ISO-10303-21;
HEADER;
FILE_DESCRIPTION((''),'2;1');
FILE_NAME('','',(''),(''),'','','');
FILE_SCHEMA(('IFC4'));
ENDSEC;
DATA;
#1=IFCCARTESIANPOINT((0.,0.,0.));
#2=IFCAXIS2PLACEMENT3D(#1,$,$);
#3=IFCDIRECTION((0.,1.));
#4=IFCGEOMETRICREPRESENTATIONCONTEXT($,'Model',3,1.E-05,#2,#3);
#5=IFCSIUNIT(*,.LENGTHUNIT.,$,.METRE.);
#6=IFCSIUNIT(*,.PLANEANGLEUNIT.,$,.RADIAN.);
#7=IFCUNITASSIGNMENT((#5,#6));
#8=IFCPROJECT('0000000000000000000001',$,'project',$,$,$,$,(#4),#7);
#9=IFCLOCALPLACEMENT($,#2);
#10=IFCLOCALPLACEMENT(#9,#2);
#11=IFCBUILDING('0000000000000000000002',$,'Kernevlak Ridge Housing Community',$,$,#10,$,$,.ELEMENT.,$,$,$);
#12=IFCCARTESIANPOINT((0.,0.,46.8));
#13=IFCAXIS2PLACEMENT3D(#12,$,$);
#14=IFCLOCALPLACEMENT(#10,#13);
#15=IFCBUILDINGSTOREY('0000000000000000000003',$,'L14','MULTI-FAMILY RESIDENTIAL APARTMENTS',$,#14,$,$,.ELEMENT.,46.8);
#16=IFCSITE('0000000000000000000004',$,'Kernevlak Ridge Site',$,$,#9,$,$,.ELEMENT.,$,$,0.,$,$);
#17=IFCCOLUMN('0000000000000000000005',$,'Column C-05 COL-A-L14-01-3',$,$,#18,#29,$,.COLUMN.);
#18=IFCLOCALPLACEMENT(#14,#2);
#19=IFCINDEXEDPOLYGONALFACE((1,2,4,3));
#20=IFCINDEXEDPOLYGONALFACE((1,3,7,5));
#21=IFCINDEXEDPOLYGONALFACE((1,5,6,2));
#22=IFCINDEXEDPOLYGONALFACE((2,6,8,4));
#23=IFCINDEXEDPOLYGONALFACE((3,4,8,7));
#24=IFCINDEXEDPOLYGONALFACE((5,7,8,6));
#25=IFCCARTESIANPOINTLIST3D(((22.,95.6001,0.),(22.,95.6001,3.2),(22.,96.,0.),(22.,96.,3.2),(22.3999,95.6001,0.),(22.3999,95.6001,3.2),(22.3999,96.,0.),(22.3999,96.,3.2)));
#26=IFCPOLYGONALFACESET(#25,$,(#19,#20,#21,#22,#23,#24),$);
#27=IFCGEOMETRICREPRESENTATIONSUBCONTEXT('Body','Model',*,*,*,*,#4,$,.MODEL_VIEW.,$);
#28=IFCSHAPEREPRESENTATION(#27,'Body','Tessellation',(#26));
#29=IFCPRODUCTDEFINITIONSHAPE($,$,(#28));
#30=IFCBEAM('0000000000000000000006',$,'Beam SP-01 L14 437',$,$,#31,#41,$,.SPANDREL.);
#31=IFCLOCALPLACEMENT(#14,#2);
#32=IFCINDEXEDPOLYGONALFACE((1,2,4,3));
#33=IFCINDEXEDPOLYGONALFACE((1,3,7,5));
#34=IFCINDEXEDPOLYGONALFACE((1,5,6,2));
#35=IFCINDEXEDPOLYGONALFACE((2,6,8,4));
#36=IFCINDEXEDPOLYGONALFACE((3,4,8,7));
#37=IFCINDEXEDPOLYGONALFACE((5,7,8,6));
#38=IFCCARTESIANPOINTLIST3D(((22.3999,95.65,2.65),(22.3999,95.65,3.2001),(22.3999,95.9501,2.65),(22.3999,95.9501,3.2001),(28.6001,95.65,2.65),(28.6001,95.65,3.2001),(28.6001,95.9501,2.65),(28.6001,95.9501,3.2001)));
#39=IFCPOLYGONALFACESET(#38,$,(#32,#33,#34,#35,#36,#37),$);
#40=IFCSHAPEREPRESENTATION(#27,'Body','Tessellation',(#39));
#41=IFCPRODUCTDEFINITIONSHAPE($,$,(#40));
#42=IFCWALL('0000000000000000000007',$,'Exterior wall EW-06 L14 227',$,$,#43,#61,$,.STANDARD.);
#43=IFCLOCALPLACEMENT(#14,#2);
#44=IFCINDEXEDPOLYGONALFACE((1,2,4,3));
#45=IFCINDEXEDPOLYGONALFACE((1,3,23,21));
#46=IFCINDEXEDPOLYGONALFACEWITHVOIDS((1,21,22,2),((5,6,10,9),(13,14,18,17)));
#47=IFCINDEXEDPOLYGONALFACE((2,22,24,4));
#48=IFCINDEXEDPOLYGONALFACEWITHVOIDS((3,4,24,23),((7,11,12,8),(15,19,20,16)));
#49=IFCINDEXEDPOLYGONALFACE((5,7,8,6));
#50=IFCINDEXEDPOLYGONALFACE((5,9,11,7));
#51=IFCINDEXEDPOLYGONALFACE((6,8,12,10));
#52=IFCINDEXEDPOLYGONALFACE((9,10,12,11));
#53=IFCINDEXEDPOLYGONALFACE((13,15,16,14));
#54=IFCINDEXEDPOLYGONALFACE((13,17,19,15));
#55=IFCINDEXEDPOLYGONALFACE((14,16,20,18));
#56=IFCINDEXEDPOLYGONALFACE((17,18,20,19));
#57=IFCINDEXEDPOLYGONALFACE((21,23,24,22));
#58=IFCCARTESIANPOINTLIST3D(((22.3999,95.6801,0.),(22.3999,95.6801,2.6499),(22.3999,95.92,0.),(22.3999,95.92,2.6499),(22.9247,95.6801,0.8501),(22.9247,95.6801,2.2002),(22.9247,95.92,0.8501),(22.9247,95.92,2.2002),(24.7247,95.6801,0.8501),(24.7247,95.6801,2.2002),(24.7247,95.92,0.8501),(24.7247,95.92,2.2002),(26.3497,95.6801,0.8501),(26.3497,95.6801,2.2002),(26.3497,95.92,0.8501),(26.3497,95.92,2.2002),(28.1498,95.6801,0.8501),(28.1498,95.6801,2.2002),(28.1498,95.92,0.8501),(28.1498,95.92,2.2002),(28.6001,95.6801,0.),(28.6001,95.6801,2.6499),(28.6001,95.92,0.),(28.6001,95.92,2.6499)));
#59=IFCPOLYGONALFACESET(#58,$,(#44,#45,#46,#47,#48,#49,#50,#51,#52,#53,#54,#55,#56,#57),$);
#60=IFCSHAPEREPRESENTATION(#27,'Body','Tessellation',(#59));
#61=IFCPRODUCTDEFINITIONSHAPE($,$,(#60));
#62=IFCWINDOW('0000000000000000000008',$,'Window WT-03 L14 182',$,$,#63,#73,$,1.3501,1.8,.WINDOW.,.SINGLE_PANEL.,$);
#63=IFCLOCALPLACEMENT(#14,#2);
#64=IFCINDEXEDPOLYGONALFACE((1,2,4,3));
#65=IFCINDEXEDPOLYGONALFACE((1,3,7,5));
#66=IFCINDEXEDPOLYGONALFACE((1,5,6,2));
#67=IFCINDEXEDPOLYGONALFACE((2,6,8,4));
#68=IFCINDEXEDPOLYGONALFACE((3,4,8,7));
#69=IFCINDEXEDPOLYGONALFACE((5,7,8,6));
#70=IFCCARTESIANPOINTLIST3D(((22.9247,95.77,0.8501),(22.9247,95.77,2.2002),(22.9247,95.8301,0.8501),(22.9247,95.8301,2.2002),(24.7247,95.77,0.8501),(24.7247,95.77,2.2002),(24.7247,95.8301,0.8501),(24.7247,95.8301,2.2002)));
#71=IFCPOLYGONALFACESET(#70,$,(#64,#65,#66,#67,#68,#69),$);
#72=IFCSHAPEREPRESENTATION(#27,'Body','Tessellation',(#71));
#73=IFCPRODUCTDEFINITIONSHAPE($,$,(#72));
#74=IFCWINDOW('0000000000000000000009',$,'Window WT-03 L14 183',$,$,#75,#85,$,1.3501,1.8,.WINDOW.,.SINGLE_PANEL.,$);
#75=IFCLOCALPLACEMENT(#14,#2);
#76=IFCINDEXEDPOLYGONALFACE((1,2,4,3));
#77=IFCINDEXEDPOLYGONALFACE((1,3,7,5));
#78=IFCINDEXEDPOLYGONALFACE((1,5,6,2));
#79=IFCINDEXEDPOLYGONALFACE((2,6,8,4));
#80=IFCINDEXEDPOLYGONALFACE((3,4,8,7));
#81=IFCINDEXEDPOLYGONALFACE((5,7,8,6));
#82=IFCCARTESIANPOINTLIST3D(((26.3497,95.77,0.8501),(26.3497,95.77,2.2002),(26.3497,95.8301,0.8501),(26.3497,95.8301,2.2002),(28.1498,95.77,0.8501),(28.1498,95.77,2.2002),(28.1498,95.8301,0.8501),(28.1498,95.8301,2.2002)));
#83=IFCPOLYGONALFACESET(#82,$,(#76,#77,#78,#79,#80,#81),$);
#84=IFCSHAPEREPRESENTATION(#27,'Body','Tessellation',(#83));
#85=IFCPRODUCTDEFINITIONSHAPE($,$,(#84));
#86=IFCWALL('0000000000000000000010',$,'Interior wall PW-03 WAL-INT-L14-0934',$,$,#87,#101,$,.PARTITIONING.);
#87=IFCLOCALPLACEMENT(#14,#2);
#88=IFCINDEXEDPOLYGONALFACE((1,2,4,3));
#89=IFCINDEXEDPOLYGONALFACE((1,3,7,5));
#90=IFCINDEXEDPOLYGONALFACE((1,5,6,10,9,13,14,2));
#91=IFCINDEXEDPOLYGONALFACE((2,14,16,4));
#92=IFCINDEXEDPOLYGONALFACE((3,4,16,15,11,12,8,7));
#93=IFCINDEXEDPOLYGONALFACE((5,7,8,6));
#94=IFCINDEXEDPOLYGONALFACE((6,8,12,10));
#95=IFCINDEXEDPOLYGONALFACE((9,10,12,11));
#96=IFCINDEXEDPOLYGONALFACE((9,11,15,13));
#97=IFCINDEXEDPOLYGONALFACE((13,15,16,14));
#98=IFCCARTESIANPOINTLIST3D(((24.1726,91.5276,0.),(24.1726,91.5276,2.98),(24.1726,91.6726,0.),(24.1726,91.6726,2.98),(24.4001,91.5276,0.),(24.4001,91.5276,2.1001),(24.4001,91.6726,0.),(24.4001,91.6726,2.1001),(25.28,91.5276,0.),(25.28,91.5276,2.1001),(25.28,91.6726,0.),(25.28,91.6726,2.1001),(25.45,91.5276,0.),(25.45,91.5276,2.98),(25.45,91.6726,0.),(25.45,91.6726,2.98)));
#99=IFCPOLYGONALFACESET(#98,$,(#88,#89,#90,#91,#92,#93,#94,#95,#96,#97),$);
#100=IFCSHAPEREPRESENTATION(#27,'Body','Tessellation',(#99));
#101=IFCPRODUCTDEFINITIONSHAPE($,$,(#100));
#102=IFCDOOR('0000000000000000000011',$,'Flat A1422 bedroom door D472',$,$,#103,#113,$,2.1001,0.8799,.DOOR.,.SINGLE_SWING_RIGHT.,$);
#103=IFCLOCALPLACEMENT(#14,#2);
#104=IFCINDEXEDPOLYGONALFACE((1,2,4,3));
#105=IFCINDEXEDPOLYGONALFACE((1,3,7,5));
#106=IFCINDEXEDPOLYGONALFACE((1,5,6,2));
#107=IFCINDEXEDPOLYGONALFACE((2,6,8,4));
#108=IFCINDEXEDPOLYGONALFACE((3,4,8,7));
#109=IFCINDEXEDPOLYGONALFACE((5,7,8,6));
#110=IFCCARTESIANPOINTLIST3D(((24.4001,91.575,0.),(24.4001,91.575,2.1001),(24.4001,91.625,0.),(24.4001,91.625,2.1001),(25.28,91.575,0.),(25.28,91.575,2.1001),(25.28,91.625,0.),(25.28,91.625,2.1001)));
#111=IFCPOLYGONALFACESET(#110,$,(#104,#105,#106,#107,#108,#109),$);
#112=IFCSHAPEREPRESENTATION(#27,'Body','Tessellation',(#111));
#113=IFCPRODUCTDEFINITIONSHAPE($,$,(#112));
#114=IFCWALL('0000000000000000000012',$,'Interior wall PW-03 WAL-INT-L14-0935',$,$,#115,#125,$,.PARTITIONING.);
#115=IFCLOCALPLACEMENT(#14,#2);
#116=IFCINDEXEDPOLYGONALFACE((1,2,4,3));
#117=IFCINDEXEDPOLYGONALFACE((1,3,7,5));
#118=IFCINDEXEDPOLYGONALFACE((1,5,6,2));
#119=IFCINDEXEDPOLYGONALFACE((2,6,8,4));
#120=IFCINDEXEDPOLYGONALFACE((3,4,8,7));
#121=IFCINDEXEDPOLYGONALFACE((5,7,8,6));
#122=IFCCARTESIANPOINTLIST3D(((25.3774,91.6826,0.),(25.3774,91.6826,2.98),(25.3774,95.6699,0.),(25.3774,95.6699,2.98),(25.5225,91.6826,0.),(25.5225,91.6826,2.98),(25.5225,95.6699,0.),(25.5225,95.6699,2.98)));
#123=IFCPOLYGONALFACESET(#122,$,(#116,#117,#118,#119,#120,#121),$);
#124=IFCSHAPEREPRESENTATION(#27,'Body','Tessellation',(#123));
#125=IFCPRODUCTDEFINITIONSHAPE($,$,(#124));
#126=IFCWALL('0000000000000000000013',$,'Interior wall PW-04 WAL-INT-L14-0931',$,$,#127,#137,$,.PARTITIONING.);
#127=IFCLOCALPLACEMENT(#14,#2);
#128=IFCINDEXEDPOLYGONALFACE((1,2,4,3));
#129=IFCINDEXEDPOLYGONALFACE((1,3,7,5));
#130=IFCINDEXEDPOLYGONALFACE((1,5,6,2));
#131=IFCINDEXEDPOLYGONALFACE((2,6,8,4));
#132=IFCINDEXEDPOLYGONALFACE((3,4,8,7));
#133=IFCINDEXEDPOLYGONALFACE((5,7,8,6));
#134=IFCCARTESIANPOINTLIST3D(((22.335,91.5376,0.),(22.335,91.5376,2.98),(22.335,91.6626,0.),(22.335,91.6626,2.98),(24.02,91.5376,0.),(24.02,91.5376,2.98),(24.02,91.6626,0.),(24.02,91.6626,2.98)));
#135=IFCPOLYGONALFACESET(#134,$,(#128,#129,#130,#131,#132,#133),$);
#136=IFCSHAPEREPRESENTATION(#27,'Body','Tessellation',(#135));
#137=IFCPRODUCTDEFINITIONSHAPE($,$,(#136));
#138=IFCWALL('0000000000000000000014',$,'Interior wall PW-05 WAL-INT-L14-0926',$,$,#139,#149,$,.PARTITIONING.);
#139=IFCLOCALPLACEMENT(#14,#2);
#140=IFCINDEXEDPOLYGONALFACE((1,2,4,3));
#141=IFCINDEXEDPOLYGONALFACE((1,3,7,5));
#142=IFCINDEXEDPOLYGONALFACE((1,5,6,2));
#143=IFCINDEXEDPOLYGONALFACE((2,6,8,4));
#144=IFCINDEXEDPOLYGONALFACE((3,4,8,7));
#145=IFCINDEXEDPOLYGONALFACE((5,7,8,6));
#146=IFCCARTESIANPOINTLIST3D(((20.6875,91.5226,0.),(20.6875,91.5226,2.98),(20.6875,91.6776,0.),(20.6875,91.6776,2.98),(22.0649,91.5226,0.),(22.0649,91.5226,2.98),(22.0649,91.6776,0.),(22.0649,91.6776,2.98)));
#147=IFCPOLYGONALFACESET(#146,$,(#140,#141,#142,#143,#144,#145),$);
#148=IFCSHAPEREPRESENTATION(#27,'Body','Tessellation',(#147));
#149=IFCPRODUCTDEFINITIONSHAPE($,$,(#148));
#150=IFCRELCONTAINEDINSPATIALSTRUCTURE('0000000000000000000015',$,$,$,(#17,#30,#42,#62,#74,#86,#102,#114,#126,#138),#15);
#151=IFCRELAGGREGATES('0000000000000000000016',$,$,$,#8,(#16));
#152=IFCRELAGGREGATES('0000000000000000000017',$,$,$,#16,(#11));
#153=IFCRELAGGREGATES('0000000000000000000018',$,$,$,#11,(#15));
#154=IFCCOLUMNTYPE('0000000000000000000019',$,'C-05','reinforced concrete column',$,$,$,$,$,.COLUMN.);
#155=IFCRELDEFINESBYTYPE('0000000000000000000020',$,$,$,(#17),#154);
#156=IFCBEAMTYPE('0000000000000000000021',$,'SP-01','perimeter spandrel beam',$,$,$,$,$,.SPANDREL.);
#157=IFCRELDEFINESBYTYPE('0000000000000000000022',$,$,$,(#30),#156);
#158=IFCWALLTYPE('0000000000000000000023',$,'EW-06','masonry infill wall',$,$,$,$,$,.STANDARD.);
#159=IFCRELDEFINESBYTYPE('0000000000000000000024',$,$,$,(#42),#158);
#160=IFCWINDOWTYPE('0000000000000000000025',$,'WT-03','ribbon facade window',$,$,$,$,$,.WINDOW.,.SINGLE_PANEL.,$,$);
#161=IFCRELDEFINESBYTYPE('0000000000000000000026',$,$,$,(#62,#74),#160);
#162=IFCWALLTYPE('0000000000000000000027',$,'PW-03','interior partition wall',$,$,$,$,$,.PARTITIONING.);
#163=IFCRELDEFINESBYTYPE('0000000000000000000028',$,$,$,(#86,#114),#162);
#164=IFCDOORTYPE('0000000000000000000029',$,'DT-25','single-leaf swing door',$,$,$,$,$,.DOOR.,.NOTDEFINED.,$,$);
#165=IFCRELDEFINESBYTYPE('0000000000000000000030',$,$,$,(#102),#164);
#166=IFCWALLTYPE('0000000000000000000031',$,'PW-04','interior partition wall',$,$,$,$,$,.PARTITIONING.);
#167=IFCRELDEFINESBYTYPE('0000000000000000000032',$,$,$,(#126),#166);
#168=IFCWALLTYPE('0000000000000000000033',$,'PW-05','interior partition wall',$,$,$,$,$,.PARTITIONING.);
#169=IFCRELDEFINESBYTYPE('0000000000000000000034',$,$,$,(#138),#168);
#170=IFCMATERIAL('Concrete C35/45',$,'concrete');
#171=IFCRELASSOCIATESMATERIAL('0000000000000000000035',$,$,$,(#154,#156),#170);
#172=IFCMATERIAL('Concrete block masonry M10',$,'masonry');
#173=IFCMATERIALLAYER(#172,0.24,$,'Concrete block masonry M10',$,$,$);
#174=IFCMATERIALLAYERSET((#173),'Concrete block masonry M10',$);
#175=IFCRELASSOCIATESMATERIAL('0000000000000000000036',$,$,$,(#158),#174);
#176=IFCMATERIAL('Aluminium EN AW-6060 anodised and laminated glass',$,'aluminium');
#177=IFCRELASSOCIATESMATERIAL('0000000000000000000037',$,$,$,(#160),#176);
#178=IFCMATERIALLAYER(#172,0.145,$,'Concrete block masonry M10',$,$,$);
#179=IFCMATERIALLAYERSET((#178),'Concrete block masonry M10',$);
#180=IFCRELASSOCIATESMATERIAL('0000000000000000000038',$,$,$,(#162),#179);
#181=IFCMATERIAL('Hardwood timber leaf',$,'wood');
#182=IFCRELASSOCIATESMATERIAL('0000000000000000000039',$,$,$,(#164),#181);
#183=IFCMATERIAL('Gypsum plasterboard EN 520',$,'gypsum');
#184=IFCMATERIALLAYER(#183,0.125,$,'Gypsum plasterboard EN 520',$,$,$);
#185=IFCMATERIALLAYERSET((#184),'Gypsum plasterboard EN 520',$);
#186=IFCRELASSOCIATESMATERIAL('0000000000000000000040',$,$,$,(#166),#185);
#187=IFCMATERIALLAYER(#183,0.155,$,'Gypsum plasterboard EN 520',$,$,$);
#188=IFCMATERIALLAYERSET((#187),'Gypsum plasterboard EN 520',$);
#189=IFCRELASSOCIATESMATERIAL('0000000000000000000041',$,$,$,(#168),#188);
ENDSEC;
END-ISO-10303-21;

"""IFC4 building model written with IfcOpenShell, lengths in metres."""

from ifc_helpers import new_model, si_unit, direction, frame, frame_2d, origin, origin_2d, place, context, subcontext, project, spatial, rectangle, extrude, material, layer, layer_set, material_profile, profile_set, type_object, element, fill, save


model = new_model("IFC4")

# Units and contexts
model_context = context("Model", 3, precision=1e-05, world=origin(), true_north=direction((0.0, 1.0)))
body_context = subcontext(model_context, "Body", "Model", "MODEL_VIEW")
ifc_project = project(units=[si_unit("LENGTHUNIT", "METRE"), si_unit("PLANEANGLEUNIT", "RADIAN")], contexts=[model_context])

# Site, building, storey
site_placement = place(None, origin())
site = spatial("IfcSite", under=ifc_project, at=site_placement, Name="Kernevlak Ridge Site", CompositionType="ELEMENT", RefElevation=0.0)
building_placement = place(site_placement, origin())
building = spatial("IfcBuilding", under=site, at=building_placement, Name="Kernevlak Ridge Housing Community", CompositionType="ELEMENT")
storey_placement = place(building_placement, frame((0.0, 0.0, 46.8)))
storey = spatial("IfcBuildingStorey", under=building, at=storey_placement, Name="L14", Description="MULTI-FAMILY RESIDENTIAL APARTMENTS", CompositionType="ELEMENT", Elevation=46.8)

# Column
ifc_material_1 = material(Name="Concrete C35/45", Category="concrete")
ifc_material_profile_1 = material_profile(ifc_material_1, rectangle(XDim=0.3999, YDim=0.3999, at=origin_2d()), Name="RC 400x400")
ifc_profile_set_1 = profile_set([ifc_material_profile_1], Name="Concrete C35/45")
column_type = type_object("IfcColumnType", Name="C-05", Description="reinforced concrete column", PredefinedType="COLUMN", material=ifc_profile_set_1)
column_placement = place(storey_placement, frame((22.2, 95.8, 0.0), z_axis=(0.0, 0.0, 1.0), x_axis=(1.0, 0.0, 0.0)))
element("IfcColumn", 1, at=column_placement, inside=storey, type_object=column_type, Name="Column C-05 COL-A-L14-01-3", PredefinedType="COLUMN", context=body_context, shape_type="SweptSolid", body=[
    extrude(rectangle(XDim=0.3999, YDim=0.3999, at=origin_2d()), origin(), (0.0, 0.0, 1.0), 3.2),
])

# Beam
ifc_material_profile_2 = material_profile(ifc_material_1, rectangle(XDim=0.3, YDim=0.55, at=origin_2d()), Name="RC 300x550")
ifc_profile_set_2 = profile_set([ifc_material_profile_2], Name="Concrete C35/45")
beam_type = type_object("IfcBeamType", Name="SP-01", Description="perimeter spandrel beam", PredefinedType="SPANDREL", material=ifc_profile_set_2)
beam_placement = place(storey_placement, frame((22.3999, 95.8, 2.925), z_axis=(1.0, 0.0, 0.0), x_axis=(0.0, 1.0, 0.0)))
element("IfcBeam", 2, at=beam_placement, inside=storey, type_object=beam_type, Name="Beam SP-01 L14 437", PredefinedType="SPANDREL", context=body_context, shape_type="SweptSolid", body=[
    extrude(rectangle(XDim=0.3, YDim=0.55, at=origin_2d()), origin(), (0.0, 0.0, 1.0), 6.2002),
])

# Wall, openings, windows
ifc_material_2 = material(Name="Concrete block masonry M10", Category="masonry")
ifc_layer_1 = layer(ifc_material_2, 0.24, Name="Concrete block masonry M10")
ifc_layer_set_1 = layer_set([ifc_layer_1], Name="Concrete block masonry M10")
wall_type_1 = type_object("IfcWallType", Name="EW-06", Description="masonry infill wall", PredefinedType="STANDARD", material=ifc_layer_set_1)
wall_1_placement = place(storey_placement, frame((22.3999, 95.8, 0.0), z_axis=(0.0, 0.0, 1.0), x_axis=(1.0, 0.0, 0.0)))
wall_1 = element("IfcWall", 3, at=wall_1_placement, inside=storey, type_object=wall_type_1, Name="Exterior wall EW-06 L14 227", PredefinedType="STANDARD", context=body_context, shape_type="SweptSolid", body=[
    extrude(rectangle(XDim=6.2002, YDim=0.24, at=frame_2d((3.1001, 0.0))), origin(), (0.0, 0.0, 1.0), 2.6499),
])
opening_1_placement = place(wall_1_placement, frame((0.5249, 0.0, 0.8501)))
opening_1 = element("IfcOpeningElement", 4, at=opening_1_placement, cuts=wall_1, PredefinedType="OPENING", context=body_context, shape_type="SweptSolid", body=[
    extrude(rectangle(XDim=1.8, YDim=1.3501, at=frame_2d((0.8999, 0.675))), frame((0.0, 0.1299, 0.0), z_axis=(0.0, -1.0, 0.0), x_axis=(1.0, 0.0, 0.0)), (0.0, 0.0, 1.0), 0.26),
])
opening_2_placement = place(wall_1_placement, frame((3.95, 0.0, 0.8501)))
opening_2 = element("IfcOpeningElement", 5, at=opening_2_placement, cuts=wall_1, PredefinedType="OPENING", context=body_context, shape_type="SweptSolid", body=[
    extrude(rectangle(XDim=1.8, YDim=1.3501, at=frame_2d((0.8999, 0.675))), frame((0.0, 0.1299, 0.0), z_axis=(0.0, -1.0, 0.0), x_axis=(1.0, 0.0, 0.0)), (0.0, 0.0, 1.0), 0.26),
])
ifc_material_3 = material(Name="Aluminium EN AW-6060 anodised and laminated glass", Category="aluminium")
window_type = type_object("IfcWindowType", Name="WT-03", Description="ribbon facade window", PartitioningType="SINGLE_PANEL", PredefinedType="WINDOW", material=ifc_material_3)
window_1_placement = place(opening_1_placement, origin())
window_1 = element("IfcWindow", 6, at=window_1_placement, inside=storey, type_object=window_type, Name="Window WT-03 L14 182", OverallHeight=1.3501, OverallWidth=1.8, PartitioningType="SINGLE_PANEL", PredefinedType="WINDOW", context=body_context, shape_type="SweptSolid", body=[
    extrude(rectangle(XDim=1.8, YDim=1.3501, at=frame_2d((0.8999, 0.675))), frame((0.0, 0.03, 0.0), z_axis=(0.0, -1.0, 0.0), x_axis=(1.0, 0.0, 0.0)), (0.0, 0.0, 1.0), 0.0601),
])
fill(opening_1, window_1)
window_2_placement = place(opening_2_placement, origin())
window_2 = element("IfcWindow", 7, at=window_2_placement, inside=storey, type_object=window_type, Name="Window WT-03 L14 183", OverallHeight=1.3501, OverallWidth=1.8, PartitioningType="SINGLE_PANEL", PredefinedType="WINDOW", context=body_context, shape_type="SweptSolid", body=[
    extrude(rectangle(XDim=1.8, YDim=1.3501, at=frame_2d((0.8999, 0.675))), frame((0.0, 0.03, 0.0), z_axis=(0.0, -1.0, 0.0), x_axis=(1.0, 0.0, 0.0)), (0.0, 0.0, 1.0), 0.0601),
])
fill(opening_2, window_2)

# Wall, opening, door
ifc_layer_2 = layer(ifc_material_2, 0.145, Name="Concrete block masonry M10")
ifc_layer_set_2 = layer_set([ifc_layer_2], Name="Concrete block masonry M10")
wall_type_2 = type_object("IfcWallType", Name="PW-03", Description="interior partition wall", PredefinedType="PARTITIONING", material=ifc_layer_set_2)
wall_2_placement = place(storey_placement, frame((24.1726, 91.6001, 0.0), z_axis=(0.0, 0.0, 1.0), x_axis=(1.0, 0.0, 0.0)))
wall_2 = element("IfcWall", 8, at=wall_2_placement, inside=storey, type_object=wall_type_2, Name="Interior wall PW-03 WAL-INT-L14-0934", PredefinedType="PARTITIONING", context=body_context, shape_type="SweptSolid", body=[
    extrude(rectangle(XDim=1.2773, YDim=0.145, at=frame_2d((0.6387, 0.0))), origin(), (0.0, 0.0, 1.0), 2.98),
])
opening_3_placement = place(wall_2_placement, frame((0.2275, 0.0, 0.0)))
opening_3 = element("IfcOpeningElement", 9, at=opening_3_placement, cuts=wall_2, PredefinedType="OPENING", context=body_context, shape_type="SweptSolid", body=[
    extrude(rectangle(XDim=0.8799, YDim=2.1001, at=frame_2d((0.4399, 1.05))), frame((0.0, 0.0825, 0.0), z_axis=(0.0, -1.0, 0.0), x_axis=(1.0, 0.0, 0.0)), (0.0, 0.0, 1.0), 0.165),
])
ifc_material_4 = material(Name="Hardwood timber leaf", Category="wood")
door_type_1 = type_object("IfcDoorType", Name="DT-25", Description="single-leaf swing door", OperationType="NOTDEFINED", PredefinedType="DOOR", material=ifc_material_4)
door_1_placement = place(opening_3_placement, origin())
door_1 = element("IfcDoor", 10, at=door_1_placement, inside=storey, type_object=door_type_1, Name="Flat A1422 bedroom door D472", OperationType="SINGLE_SWING_RIGHT", OverallHeight=2.1001, OverallWidth=0.8799, PredefinedType="DOOR", context=body_context, shape_type="SweptSolid", body=[
    extrude(rectangle(XDim=0.8799, YDim=2.1001, at=frame_2d((0.4399, 1.05))), frame((0.0, 0.0249, 0.0), z_axis=(0.0, -1.0, 0.0), x_axis=(1.0, 0.0, 0.0)), (0.0, 0.0, 1.0), 0.05),
])
fill(opening_3, door_1)

# Walls
wall_3_placement = place(storey_placement, frame((25.45, 91.6826, 0.0), z_axis=(0.0, 0.0, 1.0), x_axis=(0.0, 1.0, 0.0)))
element("IfcWall", 11, at=wall_3_placement, inside=storey, type_object=wall_type_2, Name="Interior wall PW-03 WAL-INT-L14-0935", PredefinedType="PARTITIONING", context=body_context, shape_type="SweptSolid", body=[
    extrude(rectangle(XDim=3.9873, YDim=0.145, at=frame_2d((1.9937, 0.0))), origin(), (0.0, 0.0, 1.0), 2.98),
])
ifc_material_5 = material(Name="Gypsum plasterboard EN 520", Category="gypsum")
ifc_layer_3 = layer(ifc_material_5, 0.125, Name="Gypsum plasterboard EN 520")
ifc_layer_set_3 = layer_set([ifc_layer_3], Name="Gypsum plasterboard EN 520")
wall_type_3 = type_object("IfcWallType", Name="PW-04", Description="interior partition wall", PredefinedType="PARTITIONING", material=ifc_layer_set_3)
wall_4_placement = place(storey_placement, frame((22.335, 91.6001, 0.0), z_axis=(0.0, 0.0, 1.0), x_axis=(1.0, 0.0, 0.0)))
element("IfcWall", 12, at=wall_4_placement, inside=storey, type_object=wall_type_3, Name="Interior wall PW-04 WAL-INT-L14-0931", PredefinedType="PARTITIONING", context=body_context, shape_type="SweptSolid", body=[
    extrude(rectangle(XDim=1.6851, YDim=0.125, at=frame_2d((0.8425, 0.0))), origin(), (0.0, 0.0, 1.0), 2.98),
])
ifc_layer_4 = layer(ifc_material_5, 0.155, Name="Gypsum plasterboard EN 520")
ifc_layer_set_4 = layer_set([ifc_layer_4], Name="Gypsum plasterboard EN 520")
wall_type_4 = type_object("IfcWallType", Name="PW-05", Description="interior partition wall", PredefinedType="PARTITIONING", material=ifc_layer_set_4)
wall_5_placement = place(storey_placement, frame((20.6875, 91.6001, 0.0), z_axis=(0.0, 0.0, 1.0), x_axis=(1.0, 0.0, 0.0)))
element("IfcWall", 13, at=wall_5_placement, inside=storey, type_object=wall_type_4, Name="Interior wall PW-05 WAL-INT-L14-0926", PredefinedType="PARTITIONING", context=body_context, shape_type="SweptSolid", body=[
    extrude(rectangle(XDim=1.3774, YDim=0.155, at=frame_2d((0.6887, 0.0))), origin(), (0.0, 0.0, 1.0), 2.98),
])

save(model, "model.ifc")
